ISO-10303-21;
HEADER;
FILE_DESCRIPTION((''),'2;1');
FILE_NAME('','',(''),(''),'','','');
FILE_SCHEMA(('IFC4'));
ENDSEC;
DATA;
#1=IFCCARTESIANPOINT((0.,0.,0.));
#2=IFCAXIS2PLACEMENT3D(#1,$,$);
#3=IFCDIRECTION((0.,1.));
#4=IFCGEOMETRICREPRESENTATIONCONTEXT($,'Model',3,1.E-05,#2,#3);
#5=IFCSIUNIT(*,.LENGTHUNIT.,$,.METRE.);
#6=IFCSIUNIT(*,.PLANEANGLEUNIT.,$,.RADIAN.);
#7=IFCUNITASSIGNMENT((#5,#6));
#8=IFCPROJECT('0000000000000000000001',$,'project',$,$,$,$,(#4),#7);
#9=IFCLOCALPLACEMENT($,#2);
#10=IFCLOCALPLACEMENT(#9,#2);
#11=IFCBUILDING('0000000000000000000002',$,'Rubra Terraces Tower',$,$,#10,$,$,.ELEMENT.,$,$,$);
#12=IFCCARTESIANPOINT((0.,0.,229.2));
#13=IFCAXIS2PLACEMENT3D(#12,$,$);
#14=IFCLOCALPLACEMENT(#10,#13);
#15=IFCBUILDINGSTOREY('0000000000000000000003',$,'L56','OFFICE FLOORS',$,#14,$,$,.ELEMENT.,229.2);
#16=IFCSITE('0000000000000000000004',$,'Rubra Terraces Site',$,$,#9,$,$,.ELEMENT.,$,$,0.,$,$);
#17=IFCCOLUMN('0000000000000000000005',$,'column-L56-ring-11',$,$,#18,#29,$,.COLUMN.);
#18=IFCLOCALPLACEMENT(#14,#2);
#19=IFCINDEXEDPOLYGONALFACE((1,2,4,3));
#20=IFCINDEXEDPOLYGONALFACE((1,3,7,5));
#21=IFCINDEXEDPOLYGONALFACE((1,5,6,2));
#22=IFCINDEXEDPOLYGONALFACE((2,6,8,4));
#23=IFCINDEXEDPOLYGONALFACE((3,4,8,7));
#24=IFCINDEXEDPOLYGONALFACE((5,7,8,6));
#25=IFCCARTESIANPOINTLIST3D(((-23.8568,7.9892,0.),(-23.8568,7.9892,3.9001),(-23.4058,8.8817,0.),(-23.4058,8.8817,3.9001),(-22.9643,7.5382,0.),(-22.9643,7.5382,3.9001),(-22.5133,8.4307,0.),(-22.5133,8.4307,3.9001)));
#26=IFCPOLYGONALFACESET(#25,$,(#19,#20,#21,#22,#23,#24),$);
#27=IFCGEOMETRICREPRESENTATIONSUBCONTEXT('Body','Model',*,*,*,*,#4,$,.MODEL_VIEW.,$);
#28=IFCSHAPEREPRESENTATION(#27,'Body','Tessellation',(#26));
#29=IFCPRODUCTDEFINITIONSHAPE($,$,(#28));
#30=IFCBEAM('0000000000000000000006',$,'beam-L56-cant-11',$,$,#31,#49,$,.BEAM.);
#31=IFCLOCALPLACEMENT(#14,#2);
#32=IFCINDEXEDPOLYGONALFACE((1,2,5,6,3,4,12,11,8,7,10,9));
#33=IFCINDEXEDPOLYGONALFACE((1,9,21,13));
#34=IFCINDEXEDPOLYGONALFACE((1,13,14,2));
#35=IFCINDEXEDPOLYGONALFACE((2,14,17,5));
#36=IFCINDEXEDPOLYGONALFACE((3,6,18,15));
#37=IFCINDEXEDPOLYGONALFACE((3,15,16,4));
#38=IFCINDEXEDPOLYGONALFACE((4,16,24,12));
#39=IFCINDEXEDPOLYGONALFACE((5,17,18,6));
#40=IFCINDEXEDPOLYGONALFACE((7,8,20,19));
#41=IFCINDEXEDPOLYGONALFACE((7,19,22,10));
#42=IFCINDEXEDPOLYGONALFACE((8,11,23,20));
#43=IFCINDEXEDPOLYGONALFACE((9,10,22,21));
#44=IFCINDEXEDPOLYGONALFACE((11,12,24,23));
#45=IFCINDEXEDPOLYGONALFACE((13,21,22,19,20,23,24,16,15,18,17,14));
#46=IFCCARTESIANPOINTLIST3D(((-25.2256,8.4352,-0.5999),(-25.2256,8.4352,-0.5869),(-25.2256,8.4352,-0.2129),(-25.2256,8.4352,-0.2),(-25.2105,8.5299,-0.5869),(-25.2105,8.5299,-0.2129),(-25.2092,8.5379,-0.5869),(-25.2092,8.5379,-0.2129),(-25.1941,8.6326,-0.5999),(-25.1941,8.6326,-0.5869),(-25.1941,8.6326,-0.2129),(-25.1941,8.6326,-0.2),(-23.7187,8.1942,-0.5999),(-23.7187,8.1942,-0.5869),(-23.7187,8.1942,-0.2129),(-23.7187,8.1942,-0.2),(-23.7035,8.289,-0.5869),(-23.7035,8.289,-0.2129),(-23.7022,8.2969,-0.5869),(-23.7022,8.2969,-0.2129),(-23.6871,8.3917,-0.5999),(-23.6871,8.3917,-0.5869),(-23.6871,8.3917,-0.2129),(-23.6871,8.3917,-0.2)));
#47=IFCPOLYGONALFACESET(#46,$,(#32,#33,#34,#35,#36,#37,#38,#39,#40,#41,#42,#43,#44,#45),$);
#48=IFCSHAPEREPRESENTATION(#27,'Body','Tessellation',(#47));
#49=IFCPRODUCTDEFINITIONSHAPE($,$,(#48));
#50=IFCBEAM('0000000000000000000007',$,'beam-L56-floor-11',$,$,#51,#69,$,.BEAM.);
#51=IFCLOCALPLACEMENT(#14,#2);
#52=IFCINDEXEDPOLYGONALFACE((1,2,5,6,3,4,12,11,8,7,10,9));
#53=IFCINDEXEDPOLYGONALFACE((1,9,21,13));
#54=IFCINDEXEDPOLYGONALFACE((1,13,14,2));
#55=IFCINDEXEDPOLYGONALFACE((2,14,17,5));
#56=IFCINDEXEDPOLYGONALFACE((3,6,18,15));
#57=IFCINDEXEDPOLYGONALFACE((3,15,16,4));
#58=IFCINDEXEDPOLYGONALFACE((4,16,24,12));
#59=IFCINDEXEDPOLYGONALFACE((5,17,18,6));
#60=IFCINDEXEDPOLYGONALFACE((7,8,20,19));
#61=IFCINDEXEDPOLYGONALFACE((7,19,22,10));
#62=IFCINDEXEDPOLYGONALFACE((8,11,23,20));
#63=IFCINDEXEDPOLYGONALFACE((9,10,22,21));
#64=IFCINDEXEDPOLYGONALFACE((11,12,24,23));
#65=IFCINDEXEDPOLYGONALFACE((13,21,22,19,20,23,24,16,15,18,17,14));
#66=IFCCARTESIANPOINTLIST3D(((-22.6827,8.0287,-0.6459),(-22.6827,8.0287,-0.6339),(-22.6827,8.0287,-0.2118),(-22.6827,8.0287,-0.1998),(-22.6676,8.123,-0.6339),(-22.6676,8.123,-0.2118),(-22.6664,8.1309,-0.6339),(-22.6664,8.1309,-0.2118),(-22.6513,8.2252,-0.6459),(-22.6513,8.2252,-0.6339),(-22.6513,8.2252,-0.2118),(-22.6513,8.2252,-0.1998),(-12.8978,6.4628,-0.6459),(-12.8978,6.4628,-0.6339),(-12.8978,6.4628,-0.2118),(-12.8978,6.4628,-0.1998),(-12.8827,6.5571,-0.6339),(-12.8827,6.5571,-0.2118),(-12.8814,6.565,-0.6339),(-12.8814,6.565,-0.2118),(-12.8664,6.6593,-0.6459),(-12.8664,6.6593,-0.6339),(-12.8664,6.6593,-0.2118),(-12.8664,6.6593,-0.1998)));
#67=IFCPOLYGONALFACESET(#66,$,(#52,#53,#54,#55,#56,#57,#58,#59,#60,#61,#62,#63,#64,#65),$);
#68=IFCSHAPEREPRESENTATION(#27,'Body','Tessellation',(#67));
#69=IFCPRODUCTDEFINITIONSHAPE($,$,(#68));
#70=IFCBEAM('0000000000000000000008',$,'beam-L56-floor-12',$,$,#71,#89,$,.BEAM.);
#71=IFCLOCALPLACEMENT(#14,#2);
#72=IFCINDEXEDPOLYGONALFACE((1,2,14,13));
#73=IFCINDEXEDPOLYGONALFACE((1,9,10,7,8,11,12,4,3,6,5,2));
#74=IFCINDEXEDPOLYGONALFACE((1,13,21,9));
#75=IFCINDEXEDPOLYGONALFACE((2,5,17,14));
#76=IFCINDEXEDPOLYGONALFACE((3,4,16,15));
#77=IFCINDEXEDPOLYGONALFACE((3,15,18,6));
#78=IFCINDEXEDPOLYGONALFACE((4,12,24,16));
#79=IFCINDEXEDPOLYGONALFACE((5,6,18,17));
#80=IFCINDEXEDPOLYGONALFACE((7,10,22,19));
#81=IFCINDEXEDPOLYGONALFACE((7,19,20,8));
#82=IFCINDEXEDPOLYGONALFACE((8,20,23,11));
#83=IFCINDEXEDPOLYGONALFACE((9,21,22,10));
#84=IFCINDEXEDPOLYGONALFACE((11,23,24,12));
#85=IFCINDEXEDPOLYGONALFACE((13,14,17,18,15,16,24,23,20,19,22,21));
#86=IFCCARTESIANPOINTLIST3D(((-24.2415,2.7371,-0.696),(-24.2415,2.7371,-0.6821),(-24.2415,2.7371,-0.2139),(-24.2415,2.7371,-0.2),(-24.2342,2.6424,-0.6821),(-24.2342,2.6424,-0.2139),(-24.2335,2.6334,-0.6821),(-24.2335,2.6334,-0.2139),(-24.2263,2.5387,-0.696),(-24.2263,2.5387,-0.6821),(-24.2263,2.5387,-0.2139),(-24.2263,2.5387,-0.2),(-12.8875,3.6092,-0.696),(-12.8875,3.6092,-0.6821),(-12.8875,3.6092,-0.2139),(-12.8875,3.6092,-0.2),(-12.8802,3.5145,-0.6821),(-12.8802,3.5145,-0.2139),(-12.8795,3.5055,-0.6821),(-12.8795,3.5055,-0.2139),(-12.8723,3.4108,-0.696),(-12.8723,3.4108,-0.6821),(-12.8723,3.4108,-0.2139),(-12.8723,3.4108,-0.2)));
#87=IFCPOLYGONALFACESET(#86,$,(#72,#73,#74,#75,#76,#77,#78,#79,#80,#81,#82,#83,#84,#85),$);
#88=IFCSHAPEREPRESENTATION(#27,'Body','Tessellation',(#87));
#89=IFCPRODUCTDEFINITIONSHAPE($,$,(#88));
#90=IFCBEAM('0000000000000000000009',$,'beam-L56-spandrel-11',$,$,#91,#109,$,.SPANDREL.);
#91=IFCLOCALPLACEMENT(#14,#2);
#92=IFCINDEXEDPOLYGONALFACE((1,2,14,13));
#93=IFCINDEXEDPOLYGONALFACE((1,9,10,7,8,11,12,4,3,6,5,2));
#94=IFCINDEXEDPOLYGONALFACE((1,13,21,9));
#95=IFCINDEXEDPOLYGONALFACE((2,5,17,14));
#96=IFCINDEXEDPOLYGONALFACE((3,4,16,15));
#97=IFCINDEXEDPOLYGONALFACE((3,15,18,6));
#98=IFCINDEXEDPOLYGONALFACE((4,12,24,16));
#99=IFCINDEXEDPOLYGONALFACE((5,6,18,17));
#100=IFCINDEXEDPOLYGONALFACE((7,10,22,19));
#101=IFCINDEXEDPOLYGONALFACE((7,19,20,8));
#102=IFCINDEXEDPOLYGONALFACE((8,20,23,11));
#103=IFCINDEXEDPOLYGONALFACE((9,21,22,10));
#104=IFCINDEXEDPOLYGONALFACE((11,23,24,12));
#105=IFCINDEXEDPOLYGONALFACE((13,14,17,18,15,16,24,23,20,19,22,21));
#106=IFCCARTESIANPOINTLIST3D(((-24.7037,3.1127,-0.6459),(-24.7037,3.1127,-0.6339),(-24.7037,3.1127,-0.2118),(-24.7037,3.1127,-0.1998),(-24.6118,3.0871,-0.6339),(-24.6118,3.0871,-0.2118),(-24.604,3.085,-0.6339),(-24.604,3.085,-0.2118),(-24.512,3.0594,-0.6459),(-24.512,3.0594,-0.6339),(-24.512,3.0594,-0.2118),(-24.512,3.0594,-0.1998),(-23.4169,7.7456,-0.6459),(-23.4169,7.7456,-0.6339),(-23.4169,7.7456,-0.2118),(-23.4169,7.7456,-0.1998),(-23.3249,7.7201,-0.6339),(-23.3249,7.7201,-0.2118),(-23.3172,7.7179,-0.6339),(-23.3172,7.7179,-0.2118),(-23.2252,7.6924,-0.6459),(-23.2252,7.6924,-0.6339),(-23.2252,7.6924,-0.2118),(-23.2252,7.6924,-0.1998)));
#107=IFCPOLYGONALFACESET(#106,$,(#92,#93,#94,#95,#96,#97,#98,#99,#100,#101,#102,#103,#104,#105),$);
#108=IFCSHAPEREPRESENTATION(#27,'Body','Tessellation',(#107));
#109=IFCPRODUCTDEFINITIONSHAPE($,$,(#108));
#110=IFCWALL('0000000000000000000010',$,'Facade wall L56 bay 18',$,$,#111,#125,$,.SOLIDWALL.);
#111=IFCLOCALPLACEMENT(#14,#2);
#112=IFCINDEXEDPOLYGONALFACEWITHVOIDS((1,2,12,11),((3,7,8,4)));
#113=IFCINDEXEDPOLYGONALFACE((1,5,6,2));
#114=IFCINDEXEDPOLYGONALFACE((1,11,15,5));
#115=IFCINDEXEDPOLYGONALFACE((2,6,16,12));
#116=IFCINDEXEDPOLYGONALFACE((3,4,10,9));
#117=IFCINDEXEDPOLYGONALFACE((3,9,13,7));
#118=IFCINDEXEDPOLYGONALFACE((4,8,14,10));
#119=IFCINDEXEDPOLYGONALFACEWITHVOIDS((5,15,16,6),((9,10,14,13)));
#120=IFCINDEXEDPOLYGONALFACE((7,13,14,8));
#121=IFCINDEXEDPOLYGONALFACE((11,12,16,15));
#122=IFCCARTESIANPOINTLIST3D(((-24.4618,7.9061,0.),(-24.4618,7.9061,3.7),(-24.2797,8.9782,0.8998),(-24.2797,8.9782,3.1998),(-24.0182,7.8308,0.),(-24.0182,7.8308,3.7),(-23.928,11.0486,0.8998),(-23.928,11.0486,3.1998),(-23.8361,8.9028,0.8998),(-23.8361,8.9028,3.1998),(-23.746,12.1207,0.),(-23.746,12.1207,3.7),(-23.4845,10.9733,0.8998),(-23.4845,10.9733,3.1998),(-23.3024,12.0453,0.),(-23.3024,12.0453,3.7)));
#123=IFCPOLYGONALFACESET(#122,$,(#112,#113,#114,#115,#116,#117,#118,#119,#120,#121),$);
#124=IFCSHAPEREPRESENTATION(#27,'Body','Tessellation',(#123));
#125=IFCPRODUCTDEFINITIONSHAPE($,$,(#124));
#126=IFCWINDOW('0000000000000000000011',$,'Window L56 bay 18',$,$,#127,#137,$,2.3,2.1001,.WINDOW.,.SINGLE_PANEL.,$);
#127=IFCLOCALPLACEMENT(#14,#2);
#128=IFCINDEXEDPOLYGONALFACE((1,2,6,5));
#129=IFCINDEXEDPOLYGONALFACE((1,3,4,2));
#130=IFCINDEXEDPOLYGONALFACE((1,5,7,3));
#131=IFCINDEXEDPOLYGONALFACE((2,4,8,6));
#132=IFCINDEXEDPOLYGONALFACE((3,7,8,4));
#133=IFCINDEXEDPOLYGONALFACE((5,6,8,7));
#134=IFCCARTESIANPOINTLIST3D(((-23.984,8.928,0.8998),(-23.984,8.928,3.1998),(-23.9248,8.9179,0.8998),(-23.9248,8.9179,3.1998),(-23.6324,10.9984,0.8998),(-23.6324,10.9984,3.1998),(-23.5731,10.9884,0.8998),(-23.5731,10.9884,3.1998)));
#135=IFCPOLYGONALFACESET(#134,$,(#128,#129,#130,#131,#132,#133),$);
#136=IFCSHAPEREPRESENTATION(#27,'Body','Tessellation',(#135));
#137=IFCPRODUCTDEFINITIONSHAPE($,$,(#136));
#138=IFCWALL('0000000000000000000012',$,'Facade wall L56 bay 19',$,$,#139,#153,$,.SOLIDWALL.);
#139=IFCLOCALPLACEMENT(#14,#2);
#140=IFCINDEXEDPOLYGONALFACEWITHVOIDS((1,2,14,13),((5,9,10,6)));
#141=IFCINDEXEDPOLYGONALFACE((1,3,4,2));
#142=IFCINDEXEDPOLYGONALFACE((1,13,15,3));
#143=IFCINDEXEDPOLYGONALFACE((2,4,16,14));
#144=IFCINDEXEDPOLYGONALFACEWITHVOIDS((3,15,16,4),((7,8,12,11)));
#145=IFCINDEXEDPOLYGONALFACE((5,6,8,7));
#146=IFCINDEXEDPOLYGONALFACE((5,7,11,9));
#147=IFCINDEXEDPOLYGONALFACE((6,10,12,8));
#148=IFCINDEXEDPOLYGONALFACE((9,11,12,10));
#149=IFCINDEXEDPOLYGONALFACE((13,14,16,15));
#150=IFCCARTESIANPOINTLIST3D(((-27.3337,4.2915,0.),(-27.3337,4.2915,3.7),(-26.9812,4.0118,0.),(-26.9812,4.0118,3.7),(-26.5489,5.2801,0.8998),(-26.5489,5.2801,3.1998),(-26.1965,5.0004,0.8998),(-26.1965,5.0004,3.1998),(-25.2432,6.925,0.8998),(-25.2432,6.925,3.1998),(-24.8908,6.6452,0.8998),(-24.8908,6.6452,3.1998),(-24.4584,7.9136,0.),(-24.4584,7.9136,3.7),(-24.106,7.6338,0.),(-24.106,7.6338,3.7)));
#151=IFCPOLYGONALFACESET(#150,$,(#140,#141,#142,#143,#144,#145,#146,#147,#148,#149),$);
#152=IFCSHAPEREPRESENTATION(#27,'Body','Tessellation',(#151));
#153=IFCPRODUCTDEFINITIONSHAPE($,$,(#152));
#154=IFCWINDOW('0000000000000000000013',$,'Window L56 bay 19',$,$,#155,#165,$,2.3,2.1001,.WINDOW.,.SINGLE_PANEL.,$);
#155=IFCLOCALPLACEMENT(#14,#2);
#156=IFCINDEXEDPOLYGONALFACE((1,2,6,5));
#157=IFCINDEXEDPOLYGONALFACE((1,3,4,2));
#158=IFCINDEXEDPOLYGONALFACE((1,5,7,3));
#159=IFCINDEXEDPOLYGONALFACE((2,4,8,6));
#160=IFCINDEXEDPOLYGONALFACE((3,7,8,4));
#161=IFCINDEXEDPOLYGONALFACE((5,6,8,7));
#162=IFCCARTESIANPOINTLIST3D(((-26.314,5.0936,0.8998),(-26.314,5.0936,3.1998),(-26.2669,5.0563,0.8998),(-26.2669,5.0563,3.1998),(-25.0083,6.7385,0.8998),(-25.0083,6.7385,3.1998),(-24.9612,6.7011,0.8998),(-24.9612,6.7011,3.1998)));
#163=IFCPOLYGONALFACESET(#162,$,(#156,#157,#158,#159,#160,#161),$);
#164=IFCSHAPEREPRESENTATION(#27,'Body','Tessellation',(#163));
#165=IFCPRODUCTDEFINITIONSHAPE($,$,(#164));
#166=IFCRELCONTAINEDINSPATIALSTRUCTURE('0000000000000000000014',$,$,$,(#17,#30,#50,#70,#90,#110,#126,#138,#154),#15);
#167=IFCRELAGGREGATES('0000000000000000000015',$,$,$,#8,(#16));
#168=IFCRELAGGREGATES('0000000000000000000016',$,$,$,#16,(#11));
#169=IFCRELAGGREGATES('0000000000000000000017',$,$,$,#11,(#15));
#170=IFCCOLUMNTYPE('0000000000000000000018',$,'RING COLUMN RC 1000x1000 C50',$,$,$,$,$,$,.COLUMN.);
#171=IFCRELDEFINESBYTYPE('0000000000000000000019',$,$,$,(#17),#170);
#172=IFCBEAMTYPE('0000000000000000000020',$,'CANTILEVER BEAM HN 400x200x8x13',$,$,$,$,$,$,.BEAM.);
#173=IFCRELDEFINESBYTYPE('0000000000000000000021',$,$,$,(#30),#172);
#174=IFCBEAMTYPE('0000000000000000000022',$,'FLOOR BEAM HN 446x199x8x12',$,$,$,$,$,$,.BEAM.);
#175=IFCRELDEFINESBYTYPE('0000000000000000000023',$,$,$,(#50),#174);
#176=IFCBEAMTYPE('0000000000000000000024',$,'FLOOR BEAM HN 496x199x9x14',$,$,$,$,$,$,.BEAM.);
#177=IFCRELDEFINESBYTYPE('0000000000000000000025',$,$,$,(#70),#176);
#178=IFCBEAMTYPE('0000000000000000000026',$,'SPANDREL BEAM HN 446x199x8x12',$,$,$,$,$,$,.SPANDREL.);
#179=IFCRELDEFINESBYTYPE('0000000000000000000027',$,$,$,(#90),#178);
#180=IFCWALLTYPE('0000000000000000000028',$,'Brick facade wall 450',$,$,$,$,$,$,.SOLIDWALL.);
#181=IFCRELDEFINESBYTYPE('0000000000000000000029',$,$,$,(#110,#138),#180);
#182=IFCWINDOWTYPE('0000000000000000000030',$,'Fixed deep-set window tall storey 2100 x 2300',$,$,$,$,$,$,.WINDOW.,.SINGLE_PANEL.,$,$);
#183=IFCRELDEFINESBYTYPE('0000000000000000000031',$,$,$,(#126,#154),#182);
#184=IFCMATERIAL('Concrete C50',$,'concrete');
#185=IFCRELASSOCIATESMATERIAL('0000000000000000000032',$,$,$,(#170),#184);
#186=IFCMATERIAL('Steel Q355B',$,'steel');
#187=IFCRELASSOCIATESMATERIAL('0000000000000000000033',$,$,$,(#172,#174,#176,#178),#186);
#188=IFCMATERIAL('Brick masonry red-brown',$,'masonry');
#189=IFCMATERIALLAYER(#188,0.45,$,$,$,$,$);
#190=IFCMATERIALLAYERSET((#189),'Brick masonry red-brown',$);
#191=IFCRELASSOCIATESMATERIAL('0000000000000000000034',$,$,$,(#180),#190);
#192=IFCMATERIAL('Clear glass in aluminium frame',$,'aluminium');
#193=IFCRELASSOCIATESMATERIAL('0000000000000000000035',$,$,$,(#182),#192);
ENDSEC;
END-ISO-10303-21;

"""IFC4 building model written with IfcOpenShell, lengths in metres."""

from ifc_helpers import new_model, si_unit, direction, frame, frame_2d, origin, origin_2d, place, context, subcontext, project, spatial, rectangle, i_section, extrude, material, layer, layer_set, material_profile, profile_set, type_object, element, fill, save


model = new_model("IFC4")

# Units and contexts
model_context = context("Model", 3, precision=1e-05, world=origin(), true_north=direction((0.0, 1.0)))
body_context = subcontext(model_context, "Body", "Model", "MODEL_VIEW")
ifc_project = project(units=[si_unit("LENGTHUNIT", "METRE"), si_unit("PLANEANGLEUNIT", "RADIAN")], contexts=[model_context])

# Site, building, storey
site_placement = place(None, origin())
site = spatial("IfcSite", under=ifc_project, at=site_placement, Name="Rubra Terraces Site", CompositionType="ELEMENT", RefElevation=0.0)
building_placement = place(site_placement, origin())
building = spatial("IfcBuilding", under=site, at=building_placement, Name="Rubra Terraces Tower", CompositionType="ELEMENT")
storey_placement = place(building_placement, frame((0.0, 0.0, 229.2)))
storey = spatial("IfcBuildingStorey", under=building, at=storey_placement, Name="L56", Description="OFFICE FLOORS", CompositionType="ELEMENT", Elevation=229.2)

# Column
ifc_material_1 = material(Name="Concrete C50", Category="concrete")
ifc_material_profile_1 = material_profile(ifc_material_1, rectangle(XDim=1.0, YDim=1.0, at=origin_2d()), Name="RC 1000x1000")
ifc_profile_set_1 = profile_set([ifc_material_profile_1], Name="Concrete C50")
column_type = type_object("IfcColumnType", Name="RING COLUMN RC 1000x1000 C50", PredefinedType="COLUMN", material=ifc_profile_set_1)
column_placement = place(storey_placement, frame((-23.1851, 8.21, 0.0), z_axis=(0.0, 0.0, 1.0), x_axis=(-0.451028, -0.89251, 0.0)))
element("IfcColumn", 1, at=column_placement, inside=storey, type_object=column_type, Name="column-L56-ring-11", PredefinedType="COLUMN", context=body_context, shape_type="SweptSolid", body=[
    extrude(rectangle(XDim=1.0, YDim=1.0, at=origin_2d()), origin(), (0.0, 0.0, 1.0), 3.9001),
])

# Beams
ifc_material_2 = material(Name="Steel Q355B", Category="steel")
ifc_material_profile_2 = material_profile(ifc_material_2, i_section(OverallWidth=0.2, OverallDepth=0.3999, WebThickness=0.0081, FlangeThickness=0.0129, at=origin_2d()), Name="HN 400x200x8x13")
ifc_profile_set_2 = profile_set([ifc_material_profile_2], Name="Steel Q355B")
beam_type_1 = type_object("IfcBeamType", Name="CANTILEVER BEAM HN 400x200x8x13", PredefinedType="BEAM", material=ifc_profile_set_2)
beam_1_placement = place(storey_placement, frame((-23.7029, 8.293, -0.3999), z_axis=(-0.987458, 0.157884, 0.0), x_axis=(-0.157884, -0.987458, 0.0)))
element("IfcBeam", 2, at=beam_1_placement, inside=storey, type_object=beam_type_1, Name="beam-L56-cant-11", PredefinedType="BEAM", context=body_context, shape_type="SweptSolid", body=[
    extrude(i_section(OverallWidth=0.2, OverallDepth=0.3999, WebThickness=0.0081, FlangeThickness=0.0129, at=origin_2d()), origin(), (0.0, 0.0, 1.0), 1.5261),
])
ifc_material_profile_3 = material_profile(ifc_material_2, i_section(OverallWidth=0.199, OverallDepth=0.446, WebThickness=0.0081, FlangeThickness=0.012, at=origin_2d()), Name="HN 446x199x8x12")
ifc_profile_set_3 = profile_set([ifc_material_profile_3], Name="Steel Q355B")
beam_type_2 = type_object("IfcBeamType", Name="FLOOR BEAM HN 446x199x8x12", PredefinedType="BEAM", material=ifc_profile_set_3)
beam_2_placement = place(storey_placement, frame((-22.667, 8.127, -0.4229), z_axis=(0.987435, -0.158023, 0.0), x_axis=(0.158023, 0.987435, 0.0)))
element("IfcBeam", 3, at=beam_2_placement, inside=storey, type_object=beam_type_2, Name="beam-L56-floor-11", PredefinedType="BEAM", context=body_context, shape_type="SweptSolid", body=[
    extrude(i_section(OverallWidth=0.199, OverallDepth=0.446, WebThickness=0.0081, FlangeThickness=0.012, at=origin_2d()), origin(), (0.0, 0.0, 1.0), 9.9094),
])
ifc_material_profile_4 = material_profile(ifc_material_2, i_section(OverallWidth=0.199, OverallDepth=0.4961, WebThickness=0.009, FlangeThickness=0.0139, at=origin_2d()), Name="HN 496x199x9x14")
ifc_profile_set_4 = profile_set([ifc_material_profile_4], Name="Steel Q355B")
beam_type_3 = type_object("IfcBeamType", Name="FLOOR BEAM HN 496x199x9x14", PredefinedType="BEAM", material=ifc_profile_set_4)
beam_3_placement = place(storey_placement, frame((-24.2339, 2.6379, -0.448), z_axis=(0.997063, 0.076582, 0.0), x_axis=(-0.076582, 0.997063, 0.0)))
element("IfcBeam", 4, at=beam_3_placement, inside=storey, type_object=beam_type_3, Name="beam-L56-floor-12", PredefinedType="BEAM", context=body_context, shape_type="SweptSolid", body=[
    extrude(i_section(OverallWidth=0.199, OverallDepth=0.4961, WebThickness=0.009, FlangeThickness=0.0139, at=origin_2d()), origin(), (0.0, 0.0, 1.0), 11.3875),
])
ifc_material_profile_5 = material_profile(ifc_material_2, i_section(OverallWidth=0.199, OverallDepth=0.446, WebThickness=0.0081, FlangeThickness=0.012, at=origin_2d()), Name="HN 446x199x8x12")
ifc_profile_set_5 = profile_set([ifc_material_profile_5], Name="Steel Q355B")
beam_type_4 = type_object("IfcBeamType", Name="SPANDREL BEAM HN 446x199x8x12", PredefinedType="SPANDREL", material=ifc_profile_set_5)
beam_4_placement = place(storey_placement, frame((-23.321, 7.719, -0.4229), z_axis=(-0.267626, -0.963523, 0.0), x_axis=(0.963523, -0.267626, 0.0)))
element("IfcBeam", 5, at=beam_4_placement, inside=storey, type_object=beam_type_4, Name="beam-L56-spandrel-11", PredefinedType="SPANDREL", context=body_context, shape_type="SweptSolid", body=[
    extrude(i_section(OverallWidth=0.199, OverallDepth=0.446, WebThickness=0.0081, FlangeThickness=0.012, at=origin_2d()), origin(), (0.0, 0.0, 1.0), 4.8083),
])

# Walls, openings, windows
ifc_material_3 = material(Name="Brick masonry red-brown", Category="masonry")
ifc_layer_1 = layer(ifc_material_3, 0.45)
ifc_layer_set_1 = layer_set([ifc_layer_1], Name="Brick masonry red-brown")
wall_type_1 = type_object("IfcWallType", Name="Brick facade wall 450", PredefinedType="SOLIDWALL", material=ifc_layer_set_1)
wall_1_placement = place(storey_placement, frame((-23.5242, 12.083, 0.0), z_axis=(0.0, 0.0, 1.0), x_axis=(-0.167445, -0.985881, 0.0)))
wall_1 = element("IfcWall", 6, at=wall_1_placement, inside=storey, type_object=wall_type_1, Name="Facade wall L56 bay 18", PredefinedType="SOLIDWALL", context=body_context, shape_type="SweptSolid", body=[
    extrude(rectangle(XDim=4.2749, YDim=0.45, at=frame_2d((2.1375, 0.0))), origin(), (0.0, 0.0, 1.0), 3.7),
])
opening_1_placement = place(wall_1_placement, frame((1.0874, 0.0, 0.8999)))
opening_1 = element("IfcOpeningElement", 7, at=opening_1_placement, cuts=wall_1, PredefinedType="OPENING", context=body_context, shape_type="SweptSolid", body=[
    extrude(rectangle(XDim=2.1001, YDim=2.3, at=frame_2d((1.05, 1.1499))), frame((0.0, 0.2349, 0.0), z_axis=(0.0, -1.0, 0.0), x_axis=(1.0, 0.0, 0.0)), (0.0, 0.0, 1.0), 0.47),
])
ifc_material_4 = material(Name="Clear glass in aluminium frame", Category="aluminium")
window_type = type_object("IfcWindowType", Name="Fixed deep-set window tall storey 2100 x 2300", PartitioningType="SINGLE_PANEL", PredefinedType="WINDOW", material=ifc_material_4)
window_1_placement = place(opening_1_placement, origin())
window_1 = element("IfcWindow", 8, at=window_1_placement, inside=storey, type_object=window_type, Name="Window L56 bay 18", OverallHeight=2.3, OverallWidth=2.1001, PartitioningType="SINGLE_PANEL", PredefinedType="WINDOW", context=body_context, shape_type="SweptSolid", body=[
    extrude(rectangle(XDim=2.1001, YDim=2.3, at=frame_2d((1.05, 1.1499))), frame((0.0, 0.135, 0.0), z_axis=(0.0, -1.0, 0.0), x_axis=(1.0, 0.0, 0.0)), (0.0, 0.0, 1.0), 0.0601),
])
fill(opening_1, window_1)
wall_2_placement = place(storey_placement, frame((-24.2822, 7.7737, 0.0), z_axis=(0.0, 0.0, 1.0), x_axis=(-0.621735, -0.783227, 0.0)))
wall_2 = element("IfcWall", 9, at=wall_2_placement, inside=storey, type_object=wall_type_1, Name="Facade wall L56 bay 19", PredefinedType="SOLIDWALL", context=body_context, shape_type="SweptSolid", body=[
    extrude(rectangle(XDim=4.6245, YDim=0.45, at=frame_2d((2.3123, 0.0))), origin(), (0.0, 0.0, 1.0), 3.7),
])
opening_2_placement = place(wall_2_placement, frame((1.2622, 0.0, 0.8999)))
opening_2 = element("IfcOpeningElement", 10, at=opening_2_placement, cuts=wall_2, PredefinedType="OPENING", context=body_context, shape_type="SweptSolid", body=[
    extrude(rectangle(XDim=2.1001, YDim=2.3, at=frame_2d((1.05, 1.1499))), frame((0.0, 0.2349, 0.0), z_axis=(0.0, -1.0, 0.0), x_axis=(1.0, 0.0, 0.0)), (0.0, 0.0, 1.0), 0.47),
])
window_2_placement = place(opening_2_placement, origin())
window_2 = element("IfcWindow", 11, at=window_2_placement, inside=storey, type_object=window_type, Name="Window L56 bay 19", OverallHeight=2.3, OverallWidth=2.1001, PartitioningType="SINGLE_PANEL", PredefinedType="WINDOW", context=body_context, shape_type="SweptSolid", body=[
    extrude(rectangle(XDim=2.1001, YDim=2.3, at=frame_2d((1.05, 1.1499))), frame((0.0, 0.135, 0.0), z_axis=(0.0, -1.0, 0.0), x_axis=(1.0, 0.0, 0.0)), (0.0, 0.0, 1.0), 0.0601),
])
fill(opening_2, window_2)

save(model, "model.ifc")
